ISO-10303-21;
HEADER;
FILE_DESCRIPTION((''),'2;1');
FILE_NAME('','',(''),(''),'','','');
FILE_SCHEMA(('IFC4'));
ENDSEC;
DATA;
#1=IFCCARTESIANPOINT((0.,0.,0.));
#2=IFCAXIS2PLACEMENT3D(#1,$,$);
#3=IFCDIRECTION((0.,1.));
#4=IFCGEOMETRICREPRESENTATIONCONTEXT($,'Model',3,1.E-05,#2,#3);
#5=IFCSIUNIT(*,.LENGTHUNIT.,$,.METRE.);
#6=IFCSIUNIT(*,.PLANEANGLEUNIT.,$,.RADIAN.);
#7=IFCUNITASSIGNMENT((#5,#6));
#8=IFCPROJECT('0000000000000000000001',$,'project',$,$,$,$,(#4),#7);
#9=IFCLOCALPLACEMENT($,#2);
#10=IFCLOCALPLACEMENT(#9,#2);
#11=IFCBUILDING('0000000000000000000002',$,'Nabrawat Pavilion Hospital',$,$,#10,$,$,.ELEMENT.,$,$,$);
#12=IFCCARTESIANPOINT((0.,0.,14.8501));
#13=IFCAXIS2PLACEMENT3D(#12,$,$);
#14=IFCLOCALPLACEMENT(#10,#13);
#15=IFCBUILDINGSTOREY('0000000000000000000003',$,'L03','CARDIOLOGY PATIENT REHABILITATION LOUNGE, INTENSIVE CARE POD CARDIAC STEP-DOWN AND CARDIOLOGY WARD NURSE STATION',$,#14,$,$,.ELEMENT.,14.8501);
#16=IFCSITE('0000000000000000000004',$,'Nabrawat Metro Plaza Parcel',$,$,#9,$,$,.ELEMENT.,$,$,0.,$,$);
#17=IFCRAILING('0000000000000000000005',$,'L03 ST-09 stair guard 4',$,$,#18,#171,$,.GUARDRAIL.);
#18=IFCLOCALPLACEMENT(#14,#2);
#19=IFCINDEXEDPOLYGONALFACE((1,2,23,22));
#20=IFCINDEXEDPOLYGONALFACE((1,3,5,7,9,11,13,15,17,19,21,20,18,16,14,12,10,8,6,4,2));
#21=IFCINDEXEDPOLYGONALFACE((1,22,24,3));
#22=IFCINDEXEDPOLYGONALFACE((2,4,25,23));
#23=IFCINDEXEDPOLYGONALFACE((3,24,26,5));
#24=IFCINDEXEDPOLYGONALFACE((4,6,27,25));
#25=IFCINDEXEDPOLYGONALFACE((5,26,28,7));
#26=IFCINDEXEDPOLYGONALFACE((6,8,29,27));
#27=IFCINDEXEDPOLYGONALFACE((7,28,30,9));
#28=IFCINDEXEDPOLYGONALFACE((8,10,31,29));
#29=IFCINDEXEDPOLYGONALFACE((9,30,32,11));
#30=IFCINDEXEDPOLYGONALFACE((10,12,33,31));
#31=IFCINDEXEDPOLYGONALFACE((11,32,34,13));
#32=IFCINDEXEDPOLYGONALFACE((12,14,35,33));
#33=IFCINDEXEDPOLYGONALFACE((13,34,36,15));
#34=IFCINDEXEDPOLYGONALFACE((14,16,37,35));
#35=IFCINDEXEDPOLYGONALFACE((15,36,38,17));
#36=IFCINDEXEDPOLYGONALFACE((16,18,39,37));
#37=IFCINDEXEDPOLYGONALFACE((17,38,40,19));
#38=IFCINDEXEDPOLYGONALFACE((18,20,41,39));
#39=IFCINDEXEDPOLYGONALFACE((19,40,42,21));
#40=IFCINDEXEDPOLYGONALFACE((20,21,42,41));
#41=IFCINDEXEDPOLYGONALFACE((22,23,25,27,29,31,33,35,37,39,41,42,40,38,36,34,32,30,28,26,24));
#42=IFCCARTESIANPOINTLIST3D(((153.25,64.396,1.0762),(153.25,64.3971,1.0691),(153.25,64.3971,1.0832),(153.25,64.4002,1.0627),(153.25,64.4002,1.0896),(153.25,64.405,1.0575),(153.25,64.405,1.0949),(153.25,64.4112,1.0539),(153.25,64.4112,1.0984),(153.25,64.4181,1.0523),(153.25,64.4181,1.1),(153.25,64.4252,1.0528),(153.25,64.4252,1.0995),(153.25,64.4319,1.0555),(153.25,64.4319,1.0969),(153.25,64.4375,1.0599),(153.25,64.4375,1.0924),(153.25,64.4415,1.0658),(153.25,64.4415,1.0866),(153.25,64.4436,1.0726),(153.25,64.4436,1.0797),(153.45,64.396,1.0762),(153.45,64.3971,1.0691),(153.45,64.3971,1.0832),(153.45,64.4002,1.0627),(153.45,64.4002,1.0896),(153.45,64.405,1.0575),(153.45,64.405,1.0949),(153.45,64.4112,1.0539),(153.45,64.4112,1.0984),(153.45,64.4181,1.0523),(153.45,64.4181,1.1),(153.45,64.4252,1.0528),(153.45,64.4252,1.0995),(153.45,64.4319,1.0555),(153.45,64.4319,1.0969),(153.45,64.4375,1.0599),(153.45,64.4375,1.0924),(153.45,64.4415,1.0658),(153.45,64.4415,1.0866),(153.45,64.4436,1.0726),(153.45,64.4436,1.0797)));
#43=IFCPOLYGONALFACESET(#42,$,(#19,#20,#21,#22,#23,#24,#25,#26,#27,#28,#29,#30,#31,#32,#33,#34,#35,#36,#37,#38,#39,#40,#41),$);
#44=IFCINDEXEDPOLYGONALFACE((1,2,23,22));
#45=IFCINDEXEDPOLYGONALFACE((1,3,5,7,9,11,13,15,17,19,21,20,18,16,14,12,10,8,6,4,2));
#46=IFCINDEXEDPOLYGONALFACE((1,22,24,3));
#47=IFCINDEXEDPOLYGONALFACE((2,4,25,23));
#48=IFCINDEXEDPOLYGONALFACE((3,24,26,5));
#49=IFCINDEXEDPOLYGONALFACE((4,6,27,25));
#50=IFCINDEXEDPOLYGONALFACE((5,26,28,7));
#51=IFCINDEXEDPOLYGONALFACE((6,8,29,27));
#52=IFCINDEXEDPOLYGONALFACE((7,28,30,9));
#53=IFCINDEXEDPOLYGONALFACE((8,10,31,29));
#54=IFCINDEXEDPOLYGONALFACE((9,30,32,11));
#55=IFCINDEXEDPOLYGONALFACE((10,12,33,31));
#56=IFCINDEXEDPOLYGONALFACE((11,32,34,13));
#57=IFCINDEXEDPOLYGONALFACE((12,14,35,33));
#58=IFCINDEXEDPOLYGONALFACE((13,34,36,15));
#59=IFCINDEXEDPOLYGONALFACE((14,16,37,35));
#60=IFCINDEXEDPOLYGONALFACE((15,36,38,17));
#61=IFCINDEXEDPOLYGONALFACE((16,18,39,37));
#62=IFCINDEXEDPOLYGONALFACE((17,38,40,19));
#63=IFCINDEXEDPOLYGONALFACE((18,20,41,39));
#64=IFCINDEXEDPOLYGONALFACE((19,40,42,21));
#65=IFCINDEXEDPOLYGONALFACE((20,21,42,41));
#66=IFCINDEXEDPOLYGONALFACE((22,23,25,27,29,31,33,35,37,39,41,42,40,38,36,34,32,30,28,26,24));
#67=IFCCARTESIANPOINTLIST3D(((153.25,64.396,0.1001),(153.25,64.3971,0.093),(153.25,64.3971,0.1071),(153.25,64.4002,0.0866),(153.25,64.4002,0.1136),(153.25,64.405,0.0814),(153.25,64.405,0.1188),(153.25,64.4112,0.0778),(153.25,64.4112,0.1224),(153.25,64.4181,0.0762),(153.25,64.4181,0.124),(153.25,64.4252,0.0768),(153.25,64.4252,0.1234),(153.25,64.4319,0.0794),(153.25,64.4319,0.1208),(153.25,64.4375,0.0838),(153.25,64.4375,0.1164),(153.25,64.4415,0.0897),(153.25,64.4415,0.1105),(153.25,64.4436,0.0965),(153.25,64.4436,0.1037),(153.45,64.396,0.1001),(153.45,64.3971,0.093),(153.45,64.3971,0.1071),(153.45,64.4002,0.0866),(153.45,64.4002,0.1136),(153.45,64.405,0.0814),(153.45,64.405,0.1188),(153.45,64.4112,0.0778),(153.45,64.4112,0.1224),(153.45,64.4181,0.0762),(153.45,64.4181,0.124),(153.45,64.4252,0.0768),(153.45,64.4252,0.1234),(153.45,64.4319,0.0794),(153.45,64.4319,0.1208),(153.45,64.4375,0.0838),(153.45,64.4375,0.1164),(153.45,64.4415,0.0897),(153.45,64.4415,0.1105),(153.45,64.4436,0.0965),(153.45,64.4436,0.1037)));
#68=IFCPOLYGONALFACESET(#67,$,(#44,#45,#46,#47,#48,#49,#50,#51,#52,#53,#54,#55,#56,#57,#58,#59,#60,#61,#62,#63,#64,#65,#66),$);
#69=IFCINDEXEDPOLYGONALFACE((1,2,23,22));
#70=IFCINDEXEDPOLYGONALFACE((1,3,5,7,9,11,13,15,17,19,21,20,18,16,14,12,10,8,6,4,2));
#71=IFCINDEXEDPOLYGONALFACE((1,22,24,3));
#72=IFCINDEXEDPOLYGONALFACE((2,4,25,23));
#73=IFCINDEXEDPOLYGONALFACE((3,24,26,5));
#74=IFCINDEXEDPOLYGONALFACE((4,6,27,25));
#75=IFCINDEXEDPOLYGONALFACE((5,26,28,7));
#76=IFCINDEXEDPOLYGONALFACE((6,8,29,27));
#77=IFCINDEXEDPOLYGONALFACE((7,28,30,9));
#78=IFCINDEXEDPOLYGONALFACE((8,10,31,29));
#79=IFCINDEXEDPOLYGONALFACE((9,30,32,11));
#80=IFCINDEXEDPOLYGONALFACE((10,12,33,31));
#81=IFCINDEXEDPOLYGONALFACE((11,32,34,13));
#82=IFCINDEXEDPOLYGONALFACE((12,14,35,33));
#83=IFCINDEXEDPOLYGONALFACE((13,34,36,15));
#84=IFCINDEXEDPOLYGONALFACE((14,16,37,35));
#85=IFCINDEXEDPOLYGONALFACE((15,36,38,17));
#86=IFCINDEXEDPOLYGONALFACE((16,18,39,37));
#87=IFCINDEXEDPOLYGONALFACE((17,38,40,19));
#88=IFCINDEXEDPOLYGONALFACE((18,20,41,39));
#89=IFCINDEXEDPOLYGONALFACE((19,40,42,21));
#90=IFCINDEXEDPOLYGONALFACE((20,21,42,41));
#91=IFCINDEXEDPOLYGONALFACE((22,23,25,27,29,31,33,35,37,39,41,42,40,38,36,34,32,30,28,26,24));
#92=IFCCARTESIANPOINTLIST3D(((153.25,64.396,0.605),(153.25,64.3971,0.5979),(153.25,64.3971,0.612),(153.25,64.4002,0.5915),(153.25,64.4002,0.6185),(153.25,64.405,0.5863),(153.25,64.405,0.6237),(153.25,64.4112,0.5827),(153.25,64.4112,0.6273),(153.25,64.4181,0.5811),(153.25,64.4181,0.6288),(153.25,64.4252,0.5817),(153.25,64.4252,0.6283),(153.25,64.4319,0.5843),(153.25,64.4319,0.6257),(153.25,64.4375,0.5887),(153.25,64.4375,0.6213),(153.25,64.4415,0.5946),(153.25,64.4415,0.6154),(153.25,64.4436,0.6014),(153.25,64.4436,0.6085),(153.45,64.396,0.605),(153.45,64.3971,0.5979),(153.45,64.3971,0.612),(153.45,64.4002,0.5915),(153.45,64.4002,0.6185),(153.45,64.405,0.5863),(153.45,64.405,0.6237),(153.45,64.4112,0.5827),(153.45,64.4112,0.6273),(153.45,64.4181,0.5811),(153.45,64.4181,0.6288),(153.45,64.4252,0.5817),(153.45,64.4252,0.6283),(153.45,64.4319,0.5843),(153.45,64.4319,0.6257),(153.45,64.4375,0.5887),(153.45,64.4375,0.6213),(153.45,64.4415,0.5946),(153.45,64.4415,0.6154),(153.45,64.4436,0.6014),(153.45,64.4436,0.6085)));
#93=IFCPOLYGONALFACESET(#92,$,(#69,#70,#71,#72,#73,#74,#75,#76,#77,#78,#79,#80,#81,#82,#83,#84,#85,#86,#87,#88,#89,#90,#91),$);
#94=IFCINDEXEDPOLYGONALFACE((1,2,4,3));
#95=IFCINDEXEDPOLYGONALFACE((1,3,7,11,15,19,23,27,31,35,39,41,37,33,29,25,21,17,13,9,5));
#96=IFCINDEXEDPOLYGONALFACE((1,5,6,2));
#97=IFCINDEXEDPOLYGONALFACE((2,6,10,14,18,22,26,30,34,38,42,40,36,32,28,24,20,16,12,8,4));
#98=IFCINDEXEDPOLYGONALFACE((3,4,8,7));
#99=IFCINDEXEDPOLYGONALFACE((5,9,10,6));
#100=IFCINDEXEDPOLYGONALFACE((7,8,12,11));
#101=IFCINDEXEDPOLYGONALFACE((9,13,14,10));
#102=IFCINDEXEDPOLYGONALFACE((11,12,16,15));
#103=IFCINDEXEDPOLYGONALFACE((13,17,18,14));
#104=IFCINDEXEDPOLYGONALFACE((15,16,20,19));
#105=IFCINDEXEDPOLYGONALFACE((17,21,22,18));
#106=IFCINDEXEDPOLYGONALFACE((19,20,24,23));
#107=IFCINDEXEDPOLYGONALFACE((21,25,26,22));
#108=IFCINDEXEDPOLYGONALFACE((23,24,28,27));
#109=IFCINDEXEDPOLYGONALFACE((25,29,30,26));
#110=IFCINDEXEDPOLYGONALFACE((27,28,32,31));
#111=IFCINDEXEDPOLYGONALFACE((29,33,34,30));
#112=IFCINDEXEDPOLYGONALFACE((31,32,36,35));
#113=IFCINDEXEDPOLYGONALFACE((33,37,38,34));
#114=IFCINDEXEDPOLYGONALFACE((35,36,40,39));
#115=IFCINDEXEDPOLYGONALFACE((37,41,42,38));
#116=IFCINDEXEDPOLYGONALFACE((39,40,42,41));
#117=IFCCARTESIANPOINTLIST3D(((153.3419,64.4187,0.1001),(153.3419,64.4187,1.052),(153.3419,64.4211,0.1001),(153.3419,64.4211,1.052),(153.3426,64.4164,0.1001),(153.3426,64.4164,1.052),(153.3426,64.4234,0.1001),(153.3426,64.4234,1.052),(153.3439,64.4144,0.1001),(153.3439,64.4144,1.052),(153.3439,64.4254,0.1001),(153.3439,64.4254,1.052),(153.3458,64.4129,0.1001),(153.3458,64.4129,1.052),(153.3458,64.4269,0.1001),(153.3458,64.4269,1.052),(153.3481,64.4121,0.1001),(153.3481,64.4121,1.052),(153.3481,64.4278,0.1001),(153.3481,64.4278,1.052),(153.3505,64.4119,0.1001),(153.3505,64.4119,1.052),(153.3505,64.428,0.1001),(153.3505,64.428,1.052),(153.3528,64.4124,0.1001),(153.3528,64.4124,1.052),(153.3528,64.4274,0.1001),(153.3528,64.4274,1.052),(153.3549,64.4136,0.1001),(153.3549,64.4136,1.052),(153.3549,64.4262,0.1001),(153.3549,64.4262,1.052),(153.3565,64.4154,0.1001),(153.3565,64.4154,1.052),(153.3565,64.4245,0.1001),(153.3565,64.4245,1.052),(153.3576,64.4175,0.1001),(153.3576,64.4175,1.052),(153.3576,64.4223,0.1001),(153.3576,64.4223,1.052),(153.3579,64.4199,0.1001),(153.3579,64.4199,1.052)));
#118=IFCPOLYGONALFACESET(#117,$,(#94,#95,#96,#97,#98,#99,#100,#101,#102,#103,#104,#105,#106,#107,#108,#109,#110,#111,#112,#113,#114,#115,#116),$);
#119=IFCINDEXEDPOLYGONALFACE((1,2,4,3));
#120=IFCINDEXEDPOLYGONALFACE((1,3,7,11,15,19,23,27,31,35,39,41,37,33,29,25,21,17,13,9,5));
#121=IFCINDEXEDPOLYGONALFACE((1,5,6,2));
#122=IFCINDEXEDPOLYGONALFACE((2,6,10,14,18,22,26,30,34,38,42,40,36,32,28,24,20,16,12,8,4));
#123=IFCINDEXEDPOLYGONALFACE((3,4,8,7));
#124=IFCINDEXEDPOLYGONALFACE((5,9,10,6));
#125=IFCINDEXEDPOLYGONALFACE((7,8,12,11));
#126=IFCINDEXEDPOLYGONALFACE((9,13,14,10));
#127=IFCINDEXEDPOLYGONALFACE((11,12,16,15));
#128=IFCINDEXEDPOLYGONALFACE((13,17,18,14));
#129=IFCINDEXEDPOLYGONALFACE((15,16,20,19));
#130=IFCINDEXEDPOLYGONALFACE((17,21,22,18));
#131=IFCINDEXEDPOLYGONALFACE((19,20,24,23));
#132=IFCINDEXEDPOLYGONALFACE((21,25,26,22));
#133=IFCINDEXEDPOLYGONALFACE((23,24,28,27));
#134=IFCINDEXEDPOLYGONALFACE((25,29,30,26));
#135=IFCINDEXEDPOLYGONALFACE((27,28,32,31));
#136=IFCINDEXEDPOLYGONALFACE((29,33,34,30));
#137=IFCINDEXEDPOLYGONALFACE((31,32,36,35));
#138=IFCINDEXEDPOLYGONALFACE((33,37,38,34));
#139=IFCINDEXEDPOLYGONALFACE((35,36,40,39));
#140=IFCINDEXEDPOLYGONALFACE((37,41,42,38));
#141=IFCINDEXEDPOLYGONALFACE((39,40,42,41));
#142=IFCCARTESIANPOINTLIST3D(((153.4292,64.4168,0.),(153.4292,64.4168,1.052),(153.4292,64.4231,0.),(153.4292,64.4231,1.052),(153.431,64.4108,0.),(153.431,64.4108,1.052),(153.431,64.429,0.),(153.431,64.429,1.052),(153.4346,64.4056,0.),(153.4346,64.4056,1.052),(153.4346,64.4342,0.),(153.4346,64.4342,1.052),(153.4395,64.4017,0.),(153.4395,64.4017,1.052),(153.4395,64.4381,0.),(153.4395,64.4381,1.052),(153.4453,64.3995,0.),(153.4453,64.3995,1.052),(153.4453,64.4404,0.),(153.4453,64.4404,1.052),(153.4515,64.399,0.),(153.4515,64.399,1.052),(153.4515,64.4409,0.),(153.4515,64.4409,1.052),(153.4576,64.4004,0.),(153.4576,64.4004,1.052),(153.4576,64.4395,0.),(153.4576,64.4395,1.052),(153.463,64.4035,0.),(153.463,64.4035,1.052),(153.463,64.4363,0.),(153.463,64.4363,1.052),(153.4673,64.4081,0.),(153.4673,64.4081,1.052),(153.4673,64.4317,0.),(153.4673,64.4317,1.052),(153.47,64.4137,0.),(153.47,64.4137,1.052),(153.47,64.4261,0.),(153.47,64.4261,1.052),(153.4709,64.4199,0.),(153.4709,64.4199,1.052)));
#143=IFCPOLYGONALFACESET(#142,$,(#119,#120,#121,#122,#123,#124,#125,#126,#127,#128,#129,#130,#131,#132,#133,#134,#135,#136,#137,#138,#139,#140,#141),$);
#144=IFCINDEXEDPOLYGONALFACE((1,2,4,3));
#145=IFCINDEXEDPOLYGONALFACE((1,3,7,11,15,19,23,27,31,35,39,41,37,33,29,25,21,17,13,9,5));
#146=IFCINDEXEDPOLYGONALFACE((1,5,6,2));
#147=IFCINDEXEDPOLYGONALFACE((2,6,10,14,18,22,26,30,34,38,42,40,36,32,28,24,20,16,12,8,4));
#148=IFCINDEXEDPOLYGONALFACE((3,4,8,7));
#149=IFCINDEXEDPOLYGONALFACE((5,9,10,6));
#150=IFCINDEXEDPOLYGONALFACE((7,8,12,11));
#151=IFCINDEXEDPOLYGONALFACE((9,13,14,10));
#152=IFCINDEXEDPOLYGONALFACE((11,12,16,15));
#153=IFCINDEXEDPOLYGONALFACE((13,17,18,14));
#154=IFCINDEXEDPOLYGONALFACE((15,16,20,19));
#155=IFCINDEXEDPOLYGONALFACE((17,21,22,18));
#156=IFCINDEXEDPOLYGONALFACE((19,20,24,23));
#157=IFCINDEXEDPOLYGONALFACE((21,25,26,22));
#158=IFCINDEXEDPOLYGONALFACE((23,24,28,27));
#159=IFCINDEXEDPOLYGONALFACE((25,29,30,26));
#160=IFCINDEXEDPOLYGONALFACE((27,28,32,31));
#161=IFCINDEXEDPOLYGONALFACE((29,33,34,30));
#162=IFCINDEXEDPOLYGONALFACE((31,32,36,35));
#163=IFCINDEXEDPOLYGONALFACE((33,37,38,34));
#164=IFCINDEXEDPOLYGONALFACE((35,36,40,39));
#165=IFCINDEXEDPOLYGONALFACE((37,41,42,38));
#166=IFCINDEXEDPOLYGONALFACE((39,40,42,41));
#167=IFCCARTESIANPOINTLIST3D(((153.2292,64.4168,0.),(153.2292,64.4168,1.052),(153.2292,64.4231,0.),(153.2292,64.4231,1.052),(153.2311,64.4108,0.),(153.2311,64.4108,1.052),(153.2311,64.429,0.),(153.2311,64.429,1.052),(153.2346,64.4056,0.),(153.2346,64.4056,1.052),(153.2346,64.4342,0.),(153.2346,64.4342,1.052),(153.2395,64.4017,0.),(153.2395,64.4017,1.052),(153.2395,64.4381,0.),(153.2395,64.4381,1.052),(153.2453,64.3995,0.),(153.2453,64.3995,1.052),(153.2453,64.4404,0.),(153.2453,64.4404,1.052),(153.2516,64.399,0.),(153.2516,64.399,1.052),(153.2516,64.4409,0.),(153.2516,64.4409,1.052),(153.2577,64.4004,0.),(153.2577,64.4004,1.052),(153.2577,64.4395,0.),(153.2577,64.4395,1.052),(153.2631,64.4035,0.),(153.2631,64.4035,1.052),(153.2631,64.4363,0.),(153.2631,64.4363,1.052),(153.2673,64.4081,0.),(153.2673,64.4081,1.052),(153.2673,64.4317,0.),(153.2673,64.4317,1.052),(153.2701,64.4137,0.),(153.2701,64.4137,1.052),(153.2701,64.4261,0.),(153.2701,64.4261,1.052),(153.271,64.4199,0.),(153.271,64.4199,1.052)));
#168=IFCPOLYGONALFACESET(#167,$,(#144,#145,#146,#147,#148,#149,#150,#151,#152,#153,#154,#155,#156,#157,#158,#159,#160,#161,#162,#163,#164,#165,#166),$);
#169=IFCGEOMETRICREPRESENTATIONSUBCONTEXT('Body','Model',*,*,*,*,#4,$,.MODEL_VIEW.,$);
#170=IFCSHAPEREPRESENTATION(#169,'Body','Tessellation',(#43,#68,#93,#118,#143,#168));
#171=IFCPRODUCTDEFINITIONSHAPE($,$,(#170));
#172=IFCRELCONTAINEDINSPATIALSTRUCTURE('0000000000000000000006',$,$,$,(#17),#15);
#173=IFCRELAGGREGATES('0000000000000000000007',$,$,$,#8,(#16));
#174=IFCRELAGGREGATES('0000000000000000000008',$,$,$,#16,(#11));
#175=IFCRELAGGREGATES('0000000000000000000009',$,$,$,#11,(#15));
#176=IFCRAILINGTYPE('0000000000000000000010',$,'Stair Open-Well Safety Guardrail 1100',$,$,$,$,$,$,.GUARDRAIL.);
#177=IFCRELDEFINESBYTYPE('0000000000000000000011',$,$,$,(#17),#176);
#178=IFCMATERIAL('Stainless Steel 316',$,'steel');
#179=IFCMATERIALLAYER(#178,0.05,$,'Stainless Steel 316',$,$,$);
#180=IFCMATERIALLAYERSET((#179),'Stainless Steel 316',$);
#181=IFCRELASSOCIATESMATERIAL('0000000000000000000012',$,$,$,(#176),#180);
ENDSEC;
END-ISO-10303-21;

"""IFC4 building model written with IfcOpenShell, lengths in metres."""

from ifc_helpers import new_model, si_unit, direction, frame, origin, origin_2d, place, context, subcontext, project, spatial, circle, extrude, material, layer, layer_set, type_object, element, save


model = new_model("IFC4")

# Units and contexts
model_context = context("Model", 3, precision=1e-05, world=origin(), true_north=direction((0.0, 1.0)))
body_context = subcontext(model_context, "Body", "Model", "MODEL_VIEW")
ifc_project = project(units=[si_unit("LENGTHUNIT", "METRE"), si_unit("PLANEANGLEUNIT", "RADIAN")], contexts=[model_context])

# Site, building, storey
site_placement = place(None, origin())
site = spatial("IfcSite", under=ifc_project, at=site_placement, Name="Nabrawat Metro Plaza Parcel", CompositionType="ELEMENT", RefElevation=0.0)
building_placement = place(site_placement, origin())
building = spatial("IfcBuilding", under=site, at=building_placement, Name="Nabrawat Pavilion Hospital", CompositionType="ELEMENT")
storey_placement = place(building_placement, frame((0.0, 0.0, 14.8501)))
storey = spatial("IfcBuildingStorey", under=building, at=storey_placement, Name="L03", Description="CARDIOLOGY PATIENT REHABILITATION LOUNGE, INTENSIVE CARE POD CARDIAC STEP-DOWN AND CARDIOLOGY WARD NURSE STATION", CompositionType="ELEMENT", Elevation=14.8501)

# Railing
ifc_material_1 = material(Name="Stainless Steel 316", Category="steel")
ifc_layer_1 = layer(ifc_material_1, 0.05, Name="Stainless Steel 316")
ifc_layer_set_1 = layer_set([ifc_layer_1], Name="Stainless Steel 316")
railing_type_1 = type_object("IfcRailingType", Name="Stair Open-Well Safety Guardrail 1100", PredefinedType="GUARDRAIL", material=ifc_layer_set_1)
railing_1_placement = place(storey_placement, frame((153.45, 64.4199, 0.0)))
element("IfcRailing", 1, at=railing_1_placement, inside=storey, type_object=railing_type_1, Name="L03 ST-09 stair guard 4", PredefinedType="GUARDRAIL", context=body_context, shape_type="SweptSolid", body=[
    extrude(circle(Radius=0.0239, at=origin_2d()), frame((0.0, 0.0, 1.0762), z_axis=(-1.0, 0.0, 0.0), x_axis=(0.0, -1.0, 0.0)), (0.0, 0.0, 1.0), 0.2),
    extrude(circle(Radius=0.0239, at=origin_2d()), frame((0.0, 0.0, 0.1001), z_axis=(-1.0, 0.0, 0.0), x_axis=(0.0, -1.0, 0.0)), (0.0, 0.0, 1.0), 0.2),
    extrude(circle(Radius=0.0239, at=origin_2d()), frame((0.0, 0.0, 0.605), z_axis=(-1.0, 0.0, 0.0), x_axis=(0.0, -1.0, 0.0)), (0.0, 0.0, 1.0), 0.2),
    extrude(circle(Radius=0.0081, at=origin_2d()), frame((-0.1001, 0.0, 0.1001)), (0.0, 0.0, 1.0), 0.9519),
    extrude(circle(Radius=0.021, at=origin_2d()), origin(), (0.0, 0.0, 1.0), 1.052),
    extrude(circle(Radius=0.021, at=origin_2d()), frame((-0.2, 0.0, 0.0)), (0.0, 0.0, 1.0), 1.052),
])

save(model, "model.ifc")
